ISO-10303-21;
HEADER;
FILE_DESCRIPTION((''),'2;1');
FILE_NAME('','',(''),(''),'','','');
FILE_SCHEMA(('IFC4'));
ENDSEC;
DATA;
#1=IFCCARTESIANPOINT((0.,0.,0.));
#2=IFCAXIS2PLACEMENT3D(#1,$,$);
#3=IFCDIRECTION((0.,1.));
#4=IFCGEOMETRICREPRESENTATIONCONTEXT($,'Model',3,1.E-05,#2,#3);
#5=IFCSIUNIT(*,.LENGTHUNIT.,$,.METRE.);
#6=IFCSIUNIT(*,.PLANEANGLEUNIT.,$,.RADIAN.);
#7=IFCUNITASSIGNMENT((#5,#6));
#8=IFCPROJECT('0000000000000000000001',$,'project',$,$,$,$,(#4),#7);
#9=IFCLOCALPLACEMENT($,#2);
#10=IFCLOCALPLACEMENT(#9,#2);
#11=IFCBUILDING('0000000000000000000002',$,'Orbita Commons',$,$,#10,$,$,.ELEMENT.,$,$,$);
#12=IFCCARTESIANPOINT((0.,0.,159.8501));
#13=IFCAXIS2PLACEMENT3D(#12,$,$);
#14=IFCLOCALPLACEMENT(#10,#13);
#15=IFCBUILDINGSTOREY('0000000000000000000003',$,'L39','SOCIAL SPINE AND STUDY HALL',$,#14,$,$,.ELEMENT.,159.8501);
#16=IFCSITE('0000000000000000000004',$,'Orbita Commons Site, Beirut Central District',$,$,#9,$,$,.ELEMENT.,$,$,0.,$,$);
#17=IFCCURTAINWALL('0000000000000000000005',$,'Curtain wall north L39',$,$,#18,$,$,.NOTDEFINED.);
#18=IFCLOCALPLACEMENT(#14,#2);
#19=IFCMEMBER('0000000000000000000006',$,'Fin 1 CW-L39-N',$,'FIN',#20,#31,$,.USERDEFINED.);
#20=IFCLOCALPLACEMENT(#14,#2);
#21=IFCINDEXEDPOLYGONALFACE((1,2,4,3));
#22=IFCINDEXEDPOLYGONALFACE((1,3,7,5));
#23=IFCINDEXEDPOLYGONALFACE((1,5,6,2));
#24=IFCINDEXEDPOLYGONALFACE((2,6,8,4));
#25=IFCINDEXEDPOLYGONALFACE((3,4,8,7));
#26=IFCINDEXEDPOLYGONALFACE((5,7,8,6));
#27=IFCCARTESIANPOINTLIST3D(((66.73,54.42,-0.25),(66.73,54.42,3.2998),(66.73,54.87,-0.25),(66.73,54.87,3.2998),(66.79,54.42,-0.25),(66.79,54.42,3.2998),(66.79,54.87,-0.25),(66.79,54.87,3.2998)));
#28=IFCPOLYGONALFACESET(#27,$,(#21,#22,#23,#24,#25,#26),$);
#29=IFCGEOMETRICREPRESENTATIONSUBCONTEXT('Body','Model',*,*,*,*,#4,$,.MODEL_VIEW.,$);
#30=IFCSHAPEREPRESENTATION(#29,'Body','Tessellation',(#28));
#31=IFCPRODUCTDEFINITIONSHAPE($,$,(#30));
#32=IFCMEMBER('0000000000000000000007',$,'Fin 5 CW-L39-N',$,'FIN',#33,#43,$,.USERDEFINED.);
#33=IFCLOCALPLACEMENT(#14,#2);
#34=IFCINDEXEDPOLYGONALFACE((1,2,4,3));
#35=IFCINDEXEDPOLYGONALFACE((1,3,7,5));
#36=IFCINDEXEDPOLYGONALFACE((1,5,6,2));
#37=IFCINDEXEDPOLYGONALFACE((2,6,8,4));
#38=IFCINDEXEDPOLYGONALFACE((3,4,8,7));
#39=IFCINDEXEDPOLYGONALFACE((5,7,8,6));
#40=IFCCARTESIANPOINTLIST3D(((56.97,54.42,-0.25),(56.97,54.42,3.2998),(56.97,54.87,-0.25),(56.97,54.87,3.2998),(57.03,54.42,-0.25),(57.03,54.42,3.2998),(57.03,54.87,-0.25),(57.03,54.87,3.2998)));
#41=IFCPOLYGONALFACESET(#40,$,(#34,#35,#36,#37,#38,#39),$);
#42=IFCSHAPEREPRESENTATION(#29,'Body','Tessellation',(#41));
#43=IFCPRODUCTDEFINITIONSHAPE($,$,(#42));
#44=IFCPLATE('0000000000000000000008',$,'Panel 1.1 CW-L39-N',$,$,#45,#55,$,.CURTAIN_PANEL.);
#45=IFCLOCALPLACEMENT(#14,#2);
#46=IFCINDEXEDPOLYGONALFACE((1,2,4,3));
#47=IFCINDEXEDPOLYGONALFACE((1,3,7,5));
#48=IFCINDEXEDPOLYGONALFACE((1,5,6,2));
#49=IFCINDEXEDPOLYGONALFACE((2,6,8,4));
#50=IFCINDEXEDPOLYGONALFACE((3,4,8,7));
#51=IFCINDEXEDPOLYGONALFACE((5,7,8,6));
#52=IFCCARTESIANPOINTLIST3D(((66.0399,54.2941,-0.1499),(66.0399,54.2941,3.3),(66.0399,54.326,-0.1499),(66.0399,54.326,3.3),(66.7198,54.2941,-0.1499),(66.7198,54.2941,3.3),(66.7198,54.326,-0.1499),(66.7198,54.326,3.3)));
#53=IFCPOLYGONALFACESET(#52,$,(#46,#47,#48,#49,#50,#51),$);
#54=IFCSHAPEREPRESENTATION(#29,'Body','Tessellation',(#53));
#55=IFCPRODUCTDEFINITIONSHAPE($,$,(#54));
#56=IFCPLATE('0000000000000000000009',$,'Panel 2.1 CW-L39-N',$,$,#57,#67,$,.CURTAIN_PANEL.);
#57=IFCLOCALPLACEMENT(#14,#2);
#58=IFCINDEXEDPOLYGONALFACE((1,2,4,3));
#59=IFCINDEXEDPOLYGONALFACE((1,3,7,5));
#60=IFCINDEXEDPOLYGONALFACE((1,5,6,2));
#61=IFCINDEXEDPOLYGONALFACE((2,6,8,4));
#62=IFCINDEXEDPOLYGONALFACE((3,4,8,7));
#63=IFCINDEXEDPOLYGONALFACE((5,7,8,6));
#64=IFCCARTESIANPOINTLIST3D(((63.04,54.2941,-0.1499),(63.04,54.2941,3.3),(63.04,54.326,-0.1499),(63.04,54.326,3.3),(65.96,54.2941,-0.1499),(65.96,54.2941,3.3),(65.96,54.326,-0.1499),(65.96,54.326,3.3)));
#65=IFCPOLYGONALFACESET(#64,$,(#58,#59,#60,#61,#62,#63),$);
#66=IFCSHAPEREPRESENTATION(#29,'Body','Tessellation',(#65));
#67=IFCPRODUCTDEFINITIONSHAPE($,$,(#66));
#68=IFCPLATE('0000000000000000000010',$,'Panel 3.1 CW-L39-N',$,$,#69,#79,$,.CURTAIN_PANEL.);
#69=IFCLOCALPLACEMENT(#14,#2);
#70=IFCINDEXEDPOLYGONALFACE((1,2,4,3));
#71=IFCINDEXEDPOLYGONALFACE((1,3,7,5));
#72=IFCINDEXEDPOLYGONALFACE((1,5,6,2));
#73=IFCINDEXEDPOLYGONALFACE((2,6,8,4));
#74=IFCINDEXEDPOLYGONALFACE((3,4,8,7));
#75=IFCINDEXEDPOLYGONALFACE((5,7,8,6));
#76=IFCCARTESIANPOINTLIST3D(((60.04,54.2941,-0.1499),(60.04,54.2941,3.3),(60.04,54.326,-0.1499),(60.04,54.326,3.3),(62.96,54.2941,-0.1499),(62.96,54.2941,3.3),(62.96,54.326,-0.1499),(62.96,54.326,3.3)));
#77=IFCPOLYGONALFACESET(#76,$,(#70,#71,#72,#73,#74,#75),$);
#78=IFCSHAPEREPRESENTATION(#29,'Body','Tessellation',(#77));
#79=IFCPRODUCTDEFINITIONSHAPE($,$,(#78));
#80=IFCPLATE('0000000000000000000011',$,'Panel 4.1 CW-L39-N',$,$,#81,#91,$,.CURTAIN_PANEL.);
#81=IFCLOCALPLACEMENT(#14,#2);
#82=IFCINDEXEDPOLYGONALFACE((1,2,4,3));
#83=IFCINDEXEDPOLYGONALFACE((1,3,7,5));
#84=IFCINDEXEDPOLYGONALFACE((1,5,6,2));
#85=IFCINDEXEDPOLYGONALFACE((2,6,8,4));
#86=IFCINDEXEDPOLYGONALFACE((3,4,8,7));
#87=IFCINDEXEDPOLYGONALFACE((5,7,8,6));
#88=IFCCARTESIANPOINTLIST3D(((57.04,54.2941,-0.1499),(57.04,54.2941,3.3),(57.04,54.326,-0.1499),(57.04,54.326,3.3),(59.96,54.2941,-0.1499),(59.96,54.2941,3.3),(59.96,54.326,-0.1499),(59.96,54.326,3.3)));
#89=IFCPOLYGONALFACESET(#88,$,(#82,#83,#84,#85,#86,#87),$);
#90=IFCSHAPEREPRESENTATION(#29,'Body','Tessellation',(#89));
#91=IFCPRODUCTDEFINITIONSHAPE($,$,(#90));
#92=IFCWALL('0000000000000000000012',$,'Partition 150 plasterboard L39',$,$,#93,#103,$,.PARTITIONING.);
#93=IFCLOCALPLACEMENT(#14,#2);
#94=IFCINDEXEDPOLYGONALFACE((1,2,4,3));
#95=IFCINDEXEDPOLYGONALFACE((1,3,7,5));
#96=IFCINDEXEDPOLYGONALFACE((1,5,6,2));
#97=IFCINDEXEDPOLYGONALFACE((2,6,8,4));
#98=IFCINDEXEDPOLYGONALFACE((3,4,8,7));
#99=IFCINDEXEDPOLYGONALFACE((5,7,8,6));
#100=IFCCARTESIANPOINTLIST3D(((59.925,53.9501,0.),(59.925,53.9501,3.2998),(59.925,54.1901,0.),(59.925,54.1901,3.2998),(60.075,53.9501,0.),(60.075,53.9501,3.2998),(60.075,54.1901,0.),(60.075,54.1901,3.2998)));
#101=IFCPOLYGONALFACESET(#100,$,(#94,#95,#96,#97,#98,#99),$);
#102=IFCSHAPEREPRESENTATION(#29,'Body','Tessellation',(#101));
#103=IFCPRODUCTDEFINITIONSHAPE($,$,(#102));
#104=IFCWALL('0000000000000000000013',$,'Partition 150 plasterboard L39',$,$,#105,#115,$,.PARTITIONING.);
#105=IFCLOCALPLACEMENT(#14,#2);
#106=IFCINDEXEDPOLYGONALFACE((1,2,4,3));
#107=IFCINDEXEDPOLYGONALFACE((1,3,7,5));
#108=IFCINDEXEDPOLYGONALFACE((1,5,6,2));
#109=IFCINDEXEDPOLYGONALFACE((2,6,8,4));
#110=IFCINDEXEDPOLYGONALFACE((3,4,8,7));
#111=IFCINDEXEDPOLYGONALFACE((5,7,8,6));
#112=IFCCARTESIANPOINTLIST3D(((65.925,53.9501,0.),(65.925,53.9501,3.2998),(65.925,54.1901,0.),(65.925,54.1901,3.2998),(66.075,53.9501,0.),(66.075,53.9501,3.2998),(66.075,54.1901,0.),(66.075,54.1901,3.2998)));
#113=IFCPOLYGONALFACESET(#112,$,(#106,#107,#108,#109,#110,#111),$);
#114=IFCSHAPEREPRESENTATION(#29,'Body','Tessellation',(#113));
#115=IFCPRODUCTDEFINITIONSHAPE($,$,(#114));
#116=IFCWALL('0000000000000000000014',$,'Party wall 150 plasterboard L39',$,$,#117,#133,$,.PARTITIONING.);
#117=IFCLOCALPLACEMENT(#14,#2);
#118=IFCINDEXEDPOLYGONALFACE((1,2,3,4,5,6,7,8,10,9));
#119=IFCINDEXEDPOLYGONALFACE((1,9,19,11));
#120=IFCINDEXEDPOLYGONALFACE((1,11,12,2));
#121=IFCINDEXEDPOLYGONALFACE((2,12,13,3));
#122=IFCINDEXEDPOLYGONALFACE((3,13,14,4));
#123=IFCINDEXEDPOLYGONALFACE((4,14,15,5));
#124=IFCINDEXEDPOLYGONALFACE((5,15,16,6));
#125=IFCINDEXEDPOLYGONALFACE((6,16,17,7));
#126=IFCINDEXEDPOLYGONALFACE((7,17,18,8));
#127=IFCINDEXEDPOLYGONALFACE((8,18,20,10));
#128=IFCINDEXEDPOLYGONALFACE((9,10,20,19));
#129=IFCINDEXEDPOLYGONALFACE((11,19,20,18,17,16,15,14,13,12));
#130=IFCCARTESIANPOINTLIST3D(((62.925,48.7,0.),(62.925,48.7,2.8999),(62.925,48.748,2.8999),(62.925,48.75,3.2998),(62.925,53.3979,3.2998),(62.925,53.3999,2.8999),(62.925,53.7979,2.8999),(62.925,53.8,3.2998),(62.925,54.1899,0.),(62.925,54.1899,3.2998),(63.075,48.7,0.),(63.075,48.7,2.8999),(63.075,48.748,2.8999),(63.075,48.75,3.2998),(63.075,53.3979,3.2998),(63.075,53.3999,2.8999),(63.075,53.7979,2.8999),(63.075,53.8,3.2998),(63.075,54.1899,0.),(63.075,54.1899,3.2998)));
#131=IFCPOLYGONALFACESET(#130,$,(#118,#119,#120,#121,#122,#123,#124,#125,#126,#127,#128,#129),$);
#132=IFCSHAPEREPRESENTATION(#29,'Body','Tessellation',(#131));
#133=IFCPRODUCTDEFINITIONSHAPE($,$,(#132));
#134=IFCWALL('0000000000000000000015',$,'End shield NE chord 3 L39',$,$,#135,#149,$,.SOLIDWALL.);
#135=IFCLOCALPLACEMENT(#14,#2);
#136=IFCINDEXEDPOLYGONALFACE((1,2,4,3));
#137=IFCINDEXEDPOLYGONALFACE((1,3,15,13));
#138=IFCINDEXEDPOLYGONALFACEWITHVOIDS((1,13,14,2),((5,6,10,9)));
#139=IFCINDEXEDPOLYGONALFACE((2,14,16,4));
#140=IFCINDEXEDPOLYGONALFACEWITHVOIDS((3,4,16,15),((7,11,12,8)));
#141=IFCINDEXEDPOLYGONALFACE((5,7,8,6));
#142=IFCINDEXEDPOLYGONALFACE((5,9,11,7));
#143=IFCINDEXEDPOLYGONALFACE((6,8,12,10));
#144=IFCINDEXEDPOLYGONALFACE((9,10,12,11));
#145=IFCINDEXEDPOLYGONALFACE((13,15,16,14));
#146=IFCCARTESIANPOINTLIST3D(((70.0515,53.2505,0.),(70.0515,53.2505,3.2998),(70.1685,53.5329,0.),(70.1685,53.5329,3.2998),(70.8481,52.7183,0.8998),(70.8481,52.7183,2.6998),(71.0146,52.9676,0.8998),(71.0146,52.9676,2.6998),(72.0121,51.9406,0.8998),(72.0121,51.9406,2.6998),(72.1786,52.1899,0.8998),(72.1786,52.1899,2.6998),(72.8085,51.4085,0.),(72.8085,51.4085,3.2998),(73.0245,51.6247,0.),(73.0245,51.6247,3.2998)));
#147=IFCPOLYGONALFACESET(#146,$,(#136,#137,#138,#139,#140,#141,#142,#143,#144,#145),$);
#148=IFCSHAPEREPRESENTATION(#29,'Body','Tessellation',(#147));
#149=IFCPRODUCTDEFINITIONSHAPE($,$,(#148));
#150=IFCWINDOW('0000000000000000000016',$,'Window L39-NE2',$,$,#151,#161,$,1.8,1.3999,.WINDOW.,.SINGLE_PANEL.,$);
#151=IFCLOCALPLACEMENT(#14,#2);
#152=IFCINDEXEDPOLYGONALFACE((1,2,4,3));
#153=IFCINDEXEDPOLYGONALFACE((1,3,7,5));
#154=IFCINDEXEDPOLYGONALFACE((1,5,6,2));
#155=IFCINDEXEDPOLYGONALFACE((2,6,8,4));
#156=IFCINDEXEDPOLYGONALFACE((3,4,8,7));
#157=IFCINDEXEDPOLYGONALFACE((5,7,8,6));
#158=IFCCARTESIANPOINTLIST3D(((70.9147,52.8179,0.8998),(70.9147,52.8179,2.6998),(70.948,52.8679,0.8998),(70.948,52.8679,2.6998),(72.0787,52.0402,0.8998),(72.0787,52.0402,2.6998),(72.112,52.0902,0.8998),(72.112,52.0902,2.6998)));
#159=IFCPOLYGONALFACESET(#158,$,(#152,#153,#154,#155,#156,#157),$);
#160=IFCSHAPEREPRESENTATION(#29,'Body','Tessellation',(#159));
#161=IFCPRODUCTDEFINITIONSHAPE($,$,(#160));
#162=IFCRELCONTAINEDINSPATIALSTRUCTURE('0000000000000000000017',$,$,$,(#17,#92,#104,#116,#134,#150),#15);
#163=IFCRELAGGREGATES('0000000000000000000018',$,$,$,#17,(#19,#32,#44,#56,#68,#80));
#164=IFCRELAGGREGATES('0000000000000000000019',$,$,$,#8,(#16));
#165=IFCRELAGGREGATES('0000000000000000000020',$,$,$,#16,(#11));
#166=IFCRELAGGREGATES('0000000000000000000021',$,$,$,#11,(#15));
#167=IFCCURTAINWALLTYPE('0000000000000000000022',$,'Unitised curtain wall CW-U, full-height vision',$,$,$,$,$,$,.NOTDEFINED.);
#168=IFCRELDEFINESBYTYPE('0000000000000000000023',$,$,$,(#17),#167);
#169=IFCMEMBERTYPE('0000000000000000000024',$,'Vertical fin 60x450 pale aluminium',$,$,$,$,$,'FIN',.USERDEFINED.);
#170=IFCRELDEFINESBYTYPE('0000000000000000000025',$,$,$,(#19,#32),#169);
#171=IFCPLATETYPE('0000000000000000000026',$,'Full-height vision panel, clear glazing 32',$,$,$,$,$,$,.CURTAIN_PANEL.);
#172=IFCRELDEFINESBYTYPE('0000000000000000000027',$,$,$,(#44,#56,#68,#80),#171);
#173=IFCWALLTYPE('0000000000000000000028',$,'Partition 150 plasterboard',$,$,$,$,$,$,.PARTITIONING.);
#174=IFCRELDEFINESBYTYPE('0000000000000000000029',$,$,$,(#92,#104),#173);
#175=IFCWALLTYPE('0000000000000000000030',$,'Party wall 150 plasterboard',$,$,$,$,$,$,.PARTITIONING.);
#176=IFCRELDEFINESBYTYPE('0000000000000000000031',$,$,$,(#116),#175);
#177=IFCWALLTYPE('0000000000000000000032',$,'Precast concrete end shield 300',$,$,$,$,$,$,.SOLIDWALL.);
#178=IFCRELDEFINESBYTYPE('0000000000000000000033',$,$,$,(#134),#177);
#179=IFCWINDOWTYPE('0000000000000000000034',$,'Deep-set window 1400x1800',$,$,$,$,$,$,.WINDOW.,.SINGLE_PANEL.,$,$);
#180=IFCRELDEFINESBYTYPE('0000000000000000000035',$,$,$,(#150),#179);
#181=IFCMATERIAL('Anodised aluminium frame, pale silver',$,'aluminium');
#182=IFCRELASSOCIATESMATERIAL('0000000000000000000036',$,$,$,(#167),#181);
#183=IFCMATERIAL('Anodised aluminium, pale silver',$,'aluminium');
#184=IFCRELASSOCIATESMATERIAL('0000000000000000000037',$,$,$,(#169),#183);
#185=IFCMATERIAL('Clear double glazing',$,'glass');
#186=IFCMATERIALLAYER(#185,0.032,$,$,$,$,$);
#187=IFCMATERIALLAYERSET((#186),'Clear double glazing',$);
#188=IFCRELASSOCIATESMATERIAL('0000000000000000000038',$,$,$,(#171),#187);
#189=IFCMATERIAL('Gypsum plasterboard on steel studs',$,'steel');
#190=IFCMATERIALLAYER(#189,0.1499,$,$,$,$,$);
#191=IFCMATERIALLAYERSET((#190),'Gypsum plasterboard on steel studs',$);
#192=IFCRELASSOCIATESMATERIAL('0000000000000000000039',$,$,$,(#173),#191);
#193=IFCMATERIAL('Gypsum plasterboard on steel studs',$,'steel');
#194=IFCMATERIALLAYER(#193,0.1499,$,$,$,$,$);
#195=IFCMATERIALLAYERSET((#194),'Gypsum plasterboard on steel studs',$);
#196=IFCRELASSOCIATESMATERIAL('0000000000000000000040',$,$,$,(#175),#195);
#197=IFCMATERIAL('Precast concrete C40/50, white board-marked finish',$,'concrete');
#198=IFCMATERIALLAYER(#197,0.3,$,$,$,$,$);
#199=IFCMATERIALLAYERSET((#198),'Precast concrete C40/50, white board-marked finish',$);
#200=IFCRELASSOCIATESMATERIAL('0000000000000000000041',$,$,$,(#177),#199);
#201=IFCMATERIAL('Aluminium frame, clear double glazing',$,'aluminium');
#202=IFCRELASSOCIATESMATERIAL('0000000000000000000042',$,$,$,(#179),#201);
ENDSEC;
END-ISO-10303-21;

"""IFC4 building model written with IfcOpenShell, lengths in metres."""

from ifc_helpers import new_model, si_unit, direction, frame, frame_2d, origin, origin_2d, place, context, subcontext, project, spatial, polyline, rectangle, outline, extrude, material, layer, layer_set, material_profile, profile_set, type_object, element, fill, aggregate, save


model = new_model("IFC4")

# Units and contexts
model_context = context("Model", 3, precision=1e-05, world=origin(), true_north=direction((0.0, 1.0)))
body_context = subcontext(model_context, "Body", "Model", "MODEL_VIEW")
ifc_project = project(units=[si_unit("LENGTHUNIT", "METRE"), si_unit("PLANEANGLEUNIT", "RADIAN")], contexts=[model_context])

# Site, building, storey
site_placement = place(None, origin())
site = spatial("IfcSite", under=ifc_project, at=site_placement, Name="Orbita Commons Site, Beirut Central District", CompositionType="ELEMENT", RefElevation=0.0)
building_placement = place(site_placement, origin())
building = spatial("IfcBuilding", under=site, at=building_placement, Name="Orbita Commons", CompositionType="ELEMENT")
storey_placement = place(building_placement, frame((0.0, 0.0, 159.8501)))
storey = spatial("IfcBuildingStorey", under=building, at=storey_placement, Name="L39", Description="SOCIAL SPINE AND STUDY HALL", CompositionType="ELEMENT", Elevation=159.8501)

# Curtain wall
ifc_material_1 = material(Name="Anodised aluminium frame, pale silver", Category="aluminium")
curtain_wall_type = type_object("IfcCurtainWallType", Name="Unitised curtain wall CW-U, full-height vision", PredefinedType="NOTDEFINED", material=ifc_material_1)
curtain_wall_placement = place(storey_placement, origin())
curtain_wall = element("IfcCurtainWall", 1, at=curtain_wall_placement, inside=storey, type_object=curtain_wall_type, Name="Curtain wall north L39", PredefinedType="NOTDEFINED")

# Members
ifc_material_2 = material(Name="Anodised aluminium, pale silver", Category="aluminium")
ifc_material_profile_1 = material_profile(ifc_material_2, rectangle(XDim=0.0601, YDim=0.45, at=origin_2d()), Name="FIN 60x450")
ifc_profile_set_1 = profile_set([ifc_material_profile_1], Name="Anodised aluminium, pale silver")
member_type_1 = type_object("IfcMemberType", Name="Vertical fin 60x450 pale aluminium", ElementType="FIN", PredefinedType="USERDEFINED", material=ifc_profile_set_1)
member_1_placement = place(storey_placement, frame((66.76, 54.645, -0.25), z_axis=(0.0, 0.0, 1.0), x_axis=(-1.0, 0.0, 0.0)))
member_1 = element("IfcMember", 2, at=member_1_placement, type_object=member_type_1, Name="Fin 1 CW-L39-N", ObjectType="FIN", PredefinedType="USERDEFINED", context=body_context, shape_type="SweptSolid", body=[
    extrude(rectangle(XDim=0.0601, YDim=0.45, at=origin_2d()), origin(), (0.0, 0.0, 1.0), 3.5498),
])
member_2_placement = place(storey_placement, frame((57.0, 54.645, -0.25), z_axis=(0.0, 0.0, 1.0), x_axis=(-1.0, 0.0, 0.0)))
member_2 = element("IfcMember", 3, at=member_2_placement, type_object=member_type_1, Name="Fin 5 CW-L39-N", ObjectType="FIN", PredefinedType="USERDEFINED", context=body_context, shape_type="SweptSolid", body=[
    extrude(rectangle(XDim=0.0601, YDim=0.45, at=origin_2d()), origin(), (0.0, 0.0, 1.0), 3.5498),
])

# Plates
ifc_material_3 = material(Name="Clear double glazing", Category="glass")
ifc_layer_1 = layer(ifc_material_3, 0.032)
ifc_layer_set_1 = layer_set([ifc_layer_1], Name="Clear double glazing")
plate_type = type_object("IfcPlateType", Name="Full-height vision panel, clear glazing 32", PredefinedType="CURTAIN_PANEL", material=ifc_layer_set_1)
plate_1_placement = place(storey_placement, frame((66.3799, 54.3101, -0.1499), z_axis=(0.0, 0.0, 1.0), x_axis=(-1.0, 0.0, 0.0)))
plate_1 = element("IfcPlate", 4, at=plate_1_placement, type_object=plate_type, Name="Panel 1.1 CW-L39-N", PredefinedType="CURTAIN_PANEL", context=body_context, shape_type="SweptSolid", body=[
    extrude(rectangle(XDim=0.6799, YDim=0.032, at=origin_2d()), origin(), (0.0, 0.0, 1.0), 3.45),
])
plate_2_placement = place(storey_placement, frame((64.5, 54.3101, -0.1499), z_axis=(0.0, 0.0, 1.0), x_axis=(-1.0, 0.0, 0.0)))
plate_2 = element("IfcPlate", 5, at=plate_2_placement, type_object=plate_type, Name="Panel 2.1 CW-L39-N", PredefinedType="CURTAIN_PANEL", context=body_context, shape_type="SweptSolid", body=[
    extrude(rectangle(XDim=2.9199, YDim=0.032, at=origin_2d()), origin(), (0.0, 0.0, 1.0), 3.45),
])
plate_3_placement = place(storey_placement, frame((61.5, 54.3101, -0.1499), z_axis=(0.0, 0.0, 1.0), x_axis=(-1.0, 0.0, 0.0)))
plate_3 = element("IfcPlate", 6, at=plate_3_placement, type_object=plate_type, Name="Panel 3.1 CW-L39-N", PredefinedType="CURTAIN_PANEL", context=body_context, shape_type="SweptSolid", body=[
    extrude(rectangle(XDim=2.9199, YDim=0.032, at=origin_2d()), origin(), (0.0, 0.0, 1.0), 3.45),
])
plate_4_placement = place(storey_placement, frame((58.5, 54.3101, -0.1499), z_axis=(0.0, 0.0, 1.0), x_axis=(-1.0, 0.0, 0.0)))
plate_4 = element("IfcPlate", 7, at=plate_4_placement, type_object=plate_type, Name="Panel 4.1 CW-L39-N", PredefinedType="CURTAIN_PANEL", context=body_context, shape_type="SweptSolid", body=[
    extrude(rectangle(XDim=2.9199, YDim=0.032, at=origin_2d()), origin(), (0.0, 0.0, 1.0), 3.45),
])
aggregate(curtain_wall, [member_1, member_2, plate_1, plate_2, plate_3, plate_4])

# Walls
ifc_material_4 = material(Name="Gypsum plasterboard on steel studs", Category="steel")
ifc_layer_2 = layer(ifc_material_4, 0.1499)
ifc_layer_set_2 = layer_set([ifc_layer_2], Name="Gypsum plasterboard on steel studs")
wall_type_1 = type_object("IfcWallType", Name="Partition 150 plasterboard", PredefinedType="PARTITIONING", material=ifc_layer_set_2)
for number, where, z_axis, x_axis, name in (
    (8, (60.0, 53.95, 0.0), (0.0, 0.0, 1.0), (0.0, 1.0, 0.0), "Partition 150 plasterboard L39"),
    (9, (66.0, 53.95, 0.0), (0.0, 0.0, 1.0), (0.0, 1.0, 0.0), "Partition 150 plasterboard L39"),
):
    element("IfcWall", number, at=place(storey_placement, frame(where, z_axis=z_axis, x_axis=x_axis)), inside=storey, type_object=wall_type_1, Name=name, PredefinedType="PARTITIONING", context=body_context, shape_type="SweptSolid", body=[
        extrude(rectangle(XDim=0.24, YDim=0.1499, at=frame_2d((0.1201, 0.0))), origin(), (0.0, 0.0, 1.0), 3.2998),
    ])
ifc_material_5 = material(Name="Gypsum plasterboard on steel studs", Category="steel")
ifc_layer_3 = layer(ifc_material_5, 0.1499)
ifc_layer_set_3 = layer_set([ifc_layer_3], Name="Gypsum plasterboard on steel studs")
wall_type_2 = type_object("IfcWallType", Name="Party wall 150 plasterboard", PredefinedType="PARTITIONING", material=ifc_layer_set_3)
wall_1_placement = place(storey_placement, frame((63.0, 54.1899, 0.0), z_axis=(0.0, 0.0, 1.0), x_axis=(0.0, -1.0, 0.0)))
element("IfcWall", 10, at=wall_1_placement, inside=storey, type_object=wall_type_2, Name="Party wall 150 plasterboard L39", PredefinedType="PARTITIONING", context=body_context, shape_type="SweptSolid", body=[
    extrude(outline(polyline([(0.0, 0.0), (5.49, 0.0), (5.49, 2.8999), (5.4419, 2.8999), (5.4399, 3.2998), (0.792, 3.2998), (0.79, 2.8999), (0.3921, 2.8999), (0.3899, 3.2998), (0.0, 3.2998), (0.0, 0.0)])), frame((0.0, 0.075, 0.0), z_axis=(0.0, -1.0, 0.0), x_axis=(1.0, 0.0, 0.0)), (0.0, 0.0, 1.0), 0.1499),
])

# Wall, opening, window
ifc_material_6 = material(Name="Precast concrete C40/50, white board-marked finish", Category="concrete")
ifc_layer_4 = layer(ifc_material_6, 0.3)
ifc_layer_set_4 = layer_set([ifc_layer_4], Name="Precast concrete C40/50, white board-marked finish")
wall_type_3 = type_object("IfcWallType", Name="Precast concrete end shield 300", PredefinedType="SOLIDWALL", material=ifc_layer_set_4)
wall_2_placement = place(storey_placement, frame((72.9165, 51.5166, 0.0), z_axis=(0.0, 0.0, 1.0), x_axis=(-0.831493, 0.555535, 0.0)))
wall_2 = element("IfcWall", 11, at=wall_2_placement, inside=storey, type_object=wall_type_3, Name="End shield NE chord 3 L39", PredefinedType="SOLIDWALL", context=body_context, shape_type="SweptSolid", body=[
    extrude(outline(polyline([(-0.0298, -0.1499), (3.405, -0.1499), (3.3455, 0.1499), (0.0298, 0.1499), (-0.0298, -0.1499)])), origin(), (0.0, 0.0, 1.0), 3.2998),
])
opening_1_placement = place(wall_2_placement, frame((0.9875, 0.0, 0.8999)))
opening_1 = element("IfcOpeningElement", 12, at=opening_1_placement, cuts=wall_2, PredefinedType="OPENING", context=body_context, shape_type="SweptSolid", body=[
    extrude(rectangle(XDim=1.3999, YDim=1.8, at=frame_2d((0.7, 0.8999))), frame((0.0, 0.1599, 0.0), z_axis=(0.0, -1.0, 0.0), x_axis=(1.0, 0.0, 0.0)), (0.0, 0.0, 1.0), 0.3201),
])
ifc_material_7 = material(Name="Aluminium frame, clear double glazing", Category="aluminium")
window_type = type_object("IfcWindowType", Name="Deep-set window 1400x1800", PartitioningType="SINGLE_PANEL", PredefinedType="WINDOW", material=ifc_material_7)
window_1_placement = place(opening_1_placement, origin())
window_1 = element("IfcWindow", 13, at=window_1_placement, inside=storey, type_object=window_type, Name="Window L39-NE2", OverallHeight=1.8, OverallWidth=1.3999, PartitioningType="SINGLE_PANEL", PredefinedType="WINDOW", context=body_context, shape_type="SweptSolid", body=[
    extrude(rectangle(XDim=1.3999, YDim=1.8, at=frame_2d((0.7, 0.8999))), frame((0.0, 0.03, 0.0), z_axis=(0.0, -1.0, 0.0), x_axis=(1.0, 0.0, 0.0)), (0.0, 0.0, 1.0), 0.0601),
])
fill(opening_1, window_1)

save(model, "model.ifc")
